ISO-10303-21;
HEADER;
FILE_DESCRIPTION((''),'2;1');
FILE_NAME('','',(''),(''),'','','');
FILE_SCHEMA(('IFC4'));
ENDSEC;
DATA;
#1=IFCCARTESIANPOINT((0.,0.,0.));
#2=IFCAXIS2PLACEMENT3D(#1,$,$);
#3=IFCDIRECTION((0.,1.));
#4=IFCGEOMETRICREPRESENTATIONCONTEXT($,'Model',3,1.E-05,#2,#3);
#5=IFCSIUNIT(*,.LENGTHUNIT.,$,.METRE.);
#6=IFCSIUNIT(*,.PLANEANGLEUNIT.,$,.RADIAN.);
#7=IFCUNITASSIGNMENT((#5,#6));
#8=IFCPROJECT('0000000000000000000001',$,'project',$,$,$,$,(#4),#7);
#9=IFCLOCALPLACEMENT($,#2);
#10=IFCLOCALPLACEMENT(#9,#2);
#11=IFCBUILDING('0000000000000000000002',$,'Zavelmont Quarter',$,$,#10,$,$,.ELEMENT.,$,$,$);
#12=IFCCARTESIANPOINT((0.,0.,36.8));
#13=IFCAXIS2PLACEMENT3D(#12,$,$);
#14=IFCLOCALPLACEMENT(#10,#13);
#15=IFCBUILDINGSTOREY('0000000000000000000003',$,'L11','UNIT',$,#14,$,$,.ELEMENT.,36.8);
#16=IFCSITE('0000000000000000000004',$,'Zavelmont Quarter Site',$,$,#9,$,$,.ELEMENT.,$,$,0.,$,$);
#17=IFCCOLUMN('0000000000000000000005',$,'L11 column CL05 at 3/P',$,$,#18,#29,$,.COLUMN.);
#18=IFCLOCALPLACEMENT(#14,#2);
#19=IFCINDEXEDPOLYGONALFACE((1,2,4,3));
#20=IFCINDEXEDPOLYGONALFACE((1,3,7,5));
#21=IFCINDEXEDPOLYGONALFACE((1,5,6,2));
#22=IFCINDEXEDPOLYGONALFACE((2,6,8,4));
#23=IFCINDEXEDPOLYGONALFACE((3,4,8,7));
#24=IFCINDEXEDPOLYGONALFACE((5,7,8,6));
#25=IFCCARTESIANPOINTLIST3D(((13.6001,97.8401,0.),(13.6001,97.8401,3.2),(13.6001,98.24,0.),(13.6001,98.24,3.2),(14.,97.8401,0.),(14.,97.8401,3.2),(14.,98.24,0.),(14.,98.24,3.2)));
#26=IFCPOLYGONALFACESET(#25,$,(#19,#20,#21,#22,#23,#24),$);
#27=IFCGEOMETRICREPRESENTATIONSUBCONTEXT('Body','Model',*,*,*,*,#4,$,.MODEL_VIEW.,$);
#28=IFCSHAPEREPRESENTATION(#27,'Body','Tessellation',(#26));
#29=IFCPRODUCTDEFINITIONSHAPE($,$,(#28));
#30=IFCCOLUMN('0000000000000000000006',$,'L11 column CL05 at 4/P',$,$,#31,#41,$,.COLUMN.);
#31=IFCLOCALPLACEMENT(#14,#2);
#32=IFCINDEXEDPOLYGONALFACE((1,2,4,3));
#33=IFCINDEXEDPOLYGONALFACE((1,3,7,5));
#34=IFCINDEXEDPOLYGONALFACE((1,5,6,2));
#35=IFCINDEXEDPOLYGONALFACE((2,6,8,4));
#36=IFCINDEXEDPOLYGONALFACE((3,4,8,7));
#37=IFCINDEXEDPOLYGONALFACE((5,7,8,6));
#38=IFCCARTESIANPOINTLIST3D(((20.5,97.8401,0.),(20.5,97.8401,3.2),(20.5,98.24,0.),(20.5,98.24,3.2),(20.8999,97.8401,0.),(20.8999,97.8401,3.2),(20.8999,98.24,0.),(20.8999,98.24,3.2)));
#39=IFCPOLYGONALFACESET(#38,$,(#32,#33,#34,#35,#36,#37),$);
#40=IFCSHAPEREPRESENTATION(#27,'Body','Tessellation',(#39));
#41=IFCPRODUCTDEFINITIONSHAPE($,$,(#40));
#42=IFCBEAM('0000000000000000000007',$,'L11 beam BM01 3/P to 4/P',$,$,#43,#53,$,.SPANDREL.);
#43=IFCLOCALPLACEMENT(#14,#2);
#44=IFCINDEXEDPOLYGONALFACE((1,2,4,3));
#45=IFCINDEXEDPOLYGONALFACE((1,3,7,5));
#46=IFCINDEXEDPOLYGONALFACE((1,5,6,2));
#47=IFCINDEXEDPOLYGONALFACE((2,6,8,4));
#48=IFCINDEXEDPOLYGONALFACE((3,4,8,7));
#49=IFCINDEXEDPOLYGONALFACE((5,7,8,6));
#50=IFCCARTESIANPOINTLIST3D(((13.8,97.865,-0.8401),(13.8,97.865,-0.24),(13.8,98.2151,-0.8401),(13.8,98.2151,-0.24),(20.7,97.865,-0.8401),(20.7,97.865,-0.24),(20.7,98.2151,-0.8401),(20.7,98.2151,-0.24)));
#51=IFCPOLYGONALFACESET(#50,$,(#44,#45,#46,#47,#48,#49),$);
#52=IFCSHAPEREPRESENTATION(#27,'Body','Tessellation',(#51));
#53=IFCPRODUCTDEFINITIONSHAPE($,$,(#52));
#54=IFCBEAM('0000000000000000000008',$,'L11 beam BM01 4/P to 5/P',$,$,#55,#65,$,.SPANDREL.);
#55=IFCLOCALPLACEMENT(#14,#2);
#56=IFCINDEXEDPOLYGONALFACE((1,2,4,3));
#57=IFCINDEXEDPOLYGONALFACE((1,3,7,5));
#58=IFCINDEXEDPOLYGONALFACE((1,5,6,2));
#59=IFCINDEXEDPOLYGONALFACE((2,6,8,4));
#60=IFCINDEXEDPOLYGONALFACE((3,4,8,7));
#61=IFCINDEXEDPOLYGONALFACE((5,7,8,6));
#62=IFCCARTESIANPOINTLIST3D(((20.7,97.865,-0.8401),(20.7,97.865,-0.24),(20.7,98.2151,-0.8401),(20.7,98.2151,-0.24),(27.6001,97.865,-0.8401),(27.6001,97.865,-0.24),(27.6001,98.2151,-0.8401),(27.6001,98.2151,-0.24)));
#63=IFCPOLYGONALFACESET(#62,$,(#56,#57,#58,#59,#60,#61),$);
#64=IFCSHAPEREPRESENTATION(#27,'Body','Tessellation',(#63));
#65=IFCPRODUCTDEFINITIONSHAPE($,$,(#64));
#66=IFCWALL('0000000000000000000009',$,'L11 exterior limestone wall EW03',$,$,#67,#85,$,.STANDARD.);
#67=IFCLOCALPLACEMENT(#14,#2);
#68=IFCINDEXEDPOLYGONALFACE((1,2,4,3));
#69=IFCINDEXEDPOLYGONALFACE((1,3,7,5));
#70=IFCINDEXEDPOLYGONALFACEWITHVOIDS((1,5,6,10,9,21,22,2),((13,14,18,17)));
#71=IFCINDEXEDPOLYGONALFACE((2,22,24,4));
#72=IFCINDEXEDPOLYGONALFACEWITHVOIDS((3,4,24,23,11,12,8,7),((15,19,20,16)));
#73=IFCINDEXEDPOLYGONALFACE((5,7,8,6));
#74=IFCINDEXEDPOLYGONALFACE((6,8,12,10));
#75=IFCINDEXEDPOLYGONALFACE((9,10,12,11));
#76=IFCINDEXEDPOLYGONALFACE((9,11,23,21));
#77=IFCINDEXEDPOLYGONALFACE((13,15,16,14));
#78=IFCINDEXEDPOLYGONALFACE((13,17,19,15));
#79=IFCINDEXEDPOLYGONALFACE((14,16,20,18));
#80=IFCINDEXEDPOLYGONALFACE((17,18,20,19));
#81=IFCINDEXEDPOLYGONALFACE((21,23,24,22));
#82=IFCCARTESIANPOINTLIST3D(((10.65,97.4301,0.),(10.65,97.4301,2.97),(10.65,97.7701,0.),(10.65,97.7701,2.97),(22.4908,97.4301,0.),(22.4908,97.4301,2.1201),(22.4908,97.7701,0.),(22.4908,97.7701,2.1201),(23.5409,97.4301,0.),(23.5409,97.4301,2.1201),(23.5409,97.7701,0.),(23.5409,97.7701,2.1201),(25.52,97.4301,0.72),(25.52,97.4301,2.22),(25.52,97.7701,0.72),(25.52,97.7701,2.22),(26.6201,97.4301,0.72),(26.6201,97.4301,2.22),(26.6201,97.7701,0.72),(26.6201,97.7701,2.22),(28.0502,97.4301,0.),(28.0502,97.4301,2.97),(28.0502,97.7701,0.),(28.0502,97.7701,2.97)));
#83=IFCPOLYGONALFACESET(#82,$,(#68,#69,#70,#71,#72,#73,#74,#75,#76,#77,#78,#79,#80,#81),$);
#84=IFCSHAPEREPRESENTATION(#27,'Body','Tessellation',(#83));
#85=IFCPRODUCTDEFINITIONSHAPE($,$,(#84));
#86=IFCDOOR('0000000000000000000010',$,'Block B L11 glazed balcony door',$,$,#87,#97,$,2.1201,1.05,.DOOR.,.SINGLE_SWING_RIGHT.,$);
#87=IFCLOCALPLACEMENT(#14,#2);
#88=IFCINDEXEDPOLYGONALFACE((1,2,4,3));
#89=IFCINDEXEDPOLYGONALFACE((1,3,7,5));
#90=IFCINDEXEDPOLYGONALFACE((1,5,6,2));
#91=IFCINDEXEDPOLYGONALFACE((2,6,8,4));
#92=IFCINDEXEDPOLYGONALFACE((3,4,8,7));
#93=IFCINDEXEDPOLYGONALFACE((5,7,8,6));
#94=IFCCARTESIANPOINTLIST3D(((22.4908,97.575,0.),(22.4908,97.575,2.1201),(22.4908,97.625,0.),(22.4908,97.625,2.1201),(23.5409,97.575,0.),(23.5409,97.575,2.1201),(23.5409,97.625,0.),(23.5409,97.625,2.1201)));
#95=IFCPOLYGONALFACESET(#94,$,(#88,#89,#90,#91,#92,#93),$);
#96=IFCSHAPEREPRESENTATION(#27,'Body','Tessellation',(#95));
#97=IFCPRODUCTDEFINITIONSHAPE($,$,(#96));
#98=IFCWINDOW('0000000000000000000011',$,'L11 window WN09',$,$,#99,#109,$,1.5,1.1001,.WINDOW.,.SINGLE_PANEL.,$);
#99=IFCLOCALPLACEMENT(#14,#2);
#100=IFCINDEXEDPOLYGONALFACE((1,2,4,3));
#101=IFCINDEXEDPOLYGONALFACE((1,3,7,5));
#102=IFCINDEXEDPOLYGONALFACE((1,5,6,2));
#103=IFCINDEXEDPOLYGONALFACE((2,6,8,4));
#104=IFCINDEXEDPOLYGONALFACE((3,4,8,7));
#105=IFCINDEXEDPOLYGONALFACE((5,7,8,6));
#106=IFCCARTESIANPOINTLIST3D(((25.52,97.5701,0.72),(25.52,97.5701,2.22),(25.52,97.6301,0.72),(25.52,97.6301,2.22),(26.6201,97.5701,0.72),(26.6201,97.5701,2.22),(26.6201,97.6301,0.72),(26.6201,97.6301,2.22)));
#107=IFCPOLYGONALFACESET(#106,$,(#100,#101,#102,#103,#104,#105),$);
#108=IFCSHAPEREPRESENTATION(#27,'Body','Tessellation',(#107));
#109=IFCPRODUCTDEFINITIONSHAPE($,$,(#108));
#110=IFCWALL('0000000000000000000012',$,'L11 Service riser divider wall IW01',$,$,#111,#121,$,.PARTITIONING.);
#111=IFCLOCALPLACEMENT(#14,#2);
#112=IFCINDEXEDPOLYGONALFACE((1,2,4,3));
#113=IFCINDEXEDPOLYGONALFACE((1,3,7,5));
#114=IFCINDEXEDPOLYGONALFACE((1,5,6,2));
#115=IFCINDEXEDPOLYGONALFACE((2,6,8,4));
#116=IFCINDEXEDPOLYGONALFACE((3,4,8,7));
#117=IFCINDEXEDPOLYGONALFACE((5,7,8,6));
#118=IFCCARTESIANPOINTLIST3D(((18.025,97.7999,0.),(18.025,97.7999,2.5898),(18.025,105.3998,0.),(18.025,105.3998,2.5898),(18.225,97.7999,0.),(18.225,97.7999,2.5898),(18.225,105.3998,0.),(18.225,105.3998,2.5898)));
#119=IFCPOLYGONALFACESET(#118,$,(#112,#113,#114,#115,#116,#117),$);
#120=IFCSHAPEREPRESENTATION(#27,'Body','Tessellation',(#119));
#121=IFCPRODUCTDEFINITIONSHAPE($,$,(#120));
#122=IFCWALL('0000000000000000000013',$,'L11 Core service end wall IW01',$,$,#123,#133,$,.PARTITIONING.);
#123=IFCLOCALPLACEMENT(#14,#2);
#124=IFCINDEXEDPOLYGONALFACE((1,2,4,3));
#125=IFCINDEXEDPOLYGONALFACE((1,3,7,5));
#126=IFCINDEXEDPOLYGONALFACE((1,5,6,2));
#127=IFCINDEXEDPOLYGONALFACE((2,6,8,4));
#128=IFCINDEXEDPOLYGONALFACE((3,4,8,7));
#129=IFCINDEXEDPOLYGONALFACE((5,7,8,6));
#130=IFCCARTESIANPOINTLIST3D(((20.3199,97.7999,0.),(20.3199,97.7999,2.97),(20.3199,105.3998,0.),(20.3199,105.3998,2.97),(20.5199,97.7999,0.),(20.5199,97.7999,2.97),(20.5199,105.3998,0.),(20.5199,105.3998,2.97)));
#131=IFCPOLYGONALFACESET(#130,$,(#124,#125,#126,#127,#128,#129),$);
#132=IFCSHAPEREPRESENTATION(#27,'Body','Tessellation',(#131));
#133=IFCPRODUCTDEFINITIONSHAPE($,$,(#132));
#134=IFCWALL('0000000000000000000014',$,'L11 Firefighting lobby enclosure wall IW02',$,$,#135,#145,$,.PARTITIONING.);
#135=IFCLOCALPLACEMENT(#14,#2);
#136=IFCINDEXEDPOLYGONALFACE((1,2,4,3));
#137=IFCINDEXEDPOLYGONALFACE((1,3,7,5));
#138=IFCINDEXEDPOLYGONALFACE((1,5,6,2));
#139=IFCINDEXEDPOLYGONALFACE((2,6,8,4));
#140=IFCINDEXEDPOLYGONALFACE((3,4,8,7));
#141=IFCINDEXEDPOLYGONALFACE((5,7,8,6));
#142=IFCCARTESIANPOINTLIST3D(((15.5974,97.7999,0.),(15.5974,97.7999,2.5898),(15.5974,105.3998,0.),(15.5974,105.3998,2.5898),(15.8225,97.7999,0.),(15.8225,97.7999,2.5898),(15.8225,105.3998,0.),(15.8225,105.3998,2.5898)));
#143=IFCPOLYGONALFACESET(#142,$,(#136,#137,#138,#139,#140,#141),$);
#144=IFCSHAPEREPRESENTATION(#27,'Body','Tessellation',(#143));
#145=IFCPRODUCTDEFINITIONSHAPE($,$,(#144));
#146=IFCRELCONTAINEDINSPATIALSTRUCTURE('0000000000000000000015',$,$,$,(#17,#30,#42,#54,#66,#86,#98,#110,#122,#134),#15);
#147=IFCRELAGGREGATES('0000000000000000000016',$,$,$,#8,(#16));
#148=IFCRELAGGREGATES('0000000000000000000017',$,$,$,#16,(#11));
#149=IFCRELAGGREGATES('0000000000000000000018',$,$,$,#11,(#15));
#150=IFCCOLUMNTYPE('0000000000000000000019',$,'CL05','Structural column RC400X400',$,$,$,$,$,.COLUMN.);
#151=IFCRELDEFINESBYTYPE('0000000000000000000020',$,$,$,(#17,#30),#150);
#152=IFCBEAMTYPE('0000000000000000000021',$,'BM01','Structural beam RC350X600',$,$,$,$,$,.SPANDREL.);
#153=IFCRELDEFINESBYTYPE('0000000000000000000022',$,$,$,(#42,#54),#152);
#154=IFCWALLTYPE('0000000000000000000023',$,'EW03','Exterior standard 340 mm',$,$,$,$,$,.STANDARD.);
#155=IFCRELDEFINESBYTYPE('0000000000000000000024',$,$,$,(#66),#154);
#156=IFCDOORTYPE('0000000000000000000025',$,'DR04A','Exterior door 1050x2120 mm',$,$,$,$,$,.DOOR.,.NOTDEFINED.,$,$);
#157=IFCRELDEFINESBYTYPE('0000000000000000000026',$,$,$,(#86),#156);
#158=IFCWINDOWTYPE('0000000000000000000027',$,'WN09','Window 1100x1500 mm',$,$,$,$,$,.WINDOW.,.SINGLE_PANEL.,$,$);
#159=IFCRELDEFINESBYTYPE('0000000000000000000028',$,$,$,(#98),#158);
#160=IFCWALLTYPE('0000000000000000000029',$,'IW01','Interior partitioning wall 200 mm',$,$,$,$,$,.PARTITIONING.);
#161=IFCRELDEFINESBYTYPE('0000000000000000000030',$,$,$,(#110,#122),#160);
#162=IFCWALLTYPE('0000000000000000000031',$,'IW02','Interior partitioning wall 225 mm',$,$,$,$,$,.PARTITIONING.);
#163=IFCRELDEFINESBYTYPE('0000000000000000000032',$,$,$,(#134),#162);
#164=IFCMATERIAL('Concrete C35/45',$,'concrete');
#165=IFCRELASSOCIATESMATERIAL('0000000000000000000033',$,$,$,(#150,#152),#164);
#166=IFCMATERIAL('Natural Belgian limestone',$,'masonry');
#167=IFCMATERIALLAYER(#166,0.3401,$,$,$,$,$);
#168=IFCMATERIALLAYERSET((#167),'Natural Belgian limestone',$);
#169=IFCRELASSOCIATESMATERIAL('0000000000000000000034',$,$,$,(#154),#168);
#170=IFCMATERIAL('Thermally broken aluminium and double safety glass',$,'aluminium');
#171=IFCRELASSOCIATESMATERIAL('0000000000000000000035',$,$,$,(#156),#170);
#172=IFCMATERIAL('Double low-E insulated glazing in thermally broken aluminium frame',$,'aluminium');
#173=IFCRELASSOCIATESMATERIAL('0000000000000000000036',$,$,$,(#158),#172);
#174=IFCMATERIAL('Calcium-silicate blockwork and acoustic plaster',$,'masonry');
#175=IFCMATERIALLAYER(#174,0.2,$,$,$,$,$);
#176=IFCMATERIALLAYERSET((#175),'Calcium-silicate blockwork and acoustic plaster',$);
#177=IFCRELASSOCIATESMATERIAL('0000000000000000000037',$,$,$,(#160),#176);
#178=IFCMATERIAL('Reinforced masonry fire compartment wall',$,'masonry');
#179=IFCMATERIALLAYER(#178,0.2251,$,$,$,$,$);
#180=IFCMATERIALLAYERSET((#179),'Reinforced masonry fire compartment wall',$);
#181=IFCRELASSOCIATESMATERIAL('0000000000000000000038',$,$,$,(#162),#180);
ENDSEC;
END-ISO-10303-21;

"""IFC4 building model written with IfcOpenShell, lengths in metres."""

from ifc_helpers import new_model, si_unit, direction, frame, frame_2d, origin, origin_with_axes, origin_2d, place, context, subcontext, project, spatial, rectangle, extrude, material, layer, layer_set, material_profile, profile_set, type_object, element, fill, save


model = new_model("IFC4")

# Units and contexts
model_context = context("Model", 3, precision=1e-05, world=origin(), true_north=direction((0.0, 1.0)))
body_context = subcontext(model_context, "Body", "Model", "MODEL_VIEW")
ifc_project = project(units=[si_unit("LENGTHUNIT", "METRE"), si_unit("PLANEANGLEUNIT", "RADIAN")], contexts=[model_context])

# Site, building, storey
site_placement = place(None, origin())
site = spatial("IfcSite", under=ifc_project, at=site_placement, Name="Zavelmont Quarter Site", CompositionType="ELEMENT", RefElevation=0.0)
building_placement = place(site_placement, origin())
building = spatial("IfcBuilding", under=site, at=building_placement, Name="Zavelmont Quarter", CompositionType="ELEMENT")
storey_placement = place(building_placement, frame((0.0, 0.0, 36.8)))
storey = spatial("IfcBuildingStorey", under=building, at=storey_placement, Name="L11", Description="UNIT", CompositionType="ELEMENT", Elevation=36.8)

# Columns
ifc_material_1 = material(Name="Concrete C35/45", Category="concrete")
ifc_material_profile_1 = material_profile(ifc_material_1, rectangle(XDim=0.3999, YDim=0.3999, at=origin_2d()), Name="RC400X400")
ifc_profile_set_1 = profile_set([ifc_material_profile_1], Name="Concrete C35/45")
column_type = type_object("IfcColumnType", Name="CL05", Description="Structural column RC400X400", PredefinedType="COLUMN", material=ifc_profile_set_1)
for number, where, z_axis, x_axis, name in (
    (1, (13.8, 98.04, 0.0), (0.0, 0.0, 1.0), (1.0, 0.0, 0.0), "L11 column CL05 at 3/P"),
    (2, (20.7, 98.04, 0.0), (0.0, 0.0, 1.0), (1.0, 0.0, 0.0), "L11 column CL05 at 4/P"),
):
    element("IfcColumn", number, at=place(storey_placement, frame(where, z_axis=z_axis, x_axis=x_axis)), inside=storey, type_object=column_type, Name=name, PredefinedType="COLUMN", context=body_context, shape_type="SweptSolid", body=[
        extrude(rectangle(XDim=0.3999, YDim=0.3999, at=origin_2d()), origin(), (0.0, 0.0, 1.0), 3.2),
    ])

# Beams
ifc_material_profile_2 = material_profile(ifc_material_1, rectangle(XDim=0.3501, YDim=0.6001, at=origin_2d()), Name="RC350X600")
ifc_profile_set_2 = profile_set([ifc_material_profile_2], Name="Concrete C35/45")
beam_type = type_object("IfcBeamType", Name="BM01", Description="Structural beam RC350X600", PredefinedType="SPANDREL", material=ifc_profile_set_2)
beam_1_placement = place(storey_placement, frame((13.8, 98.04, -0.54), z_axis=(1.0, 0.0, 0.0), x_axis=(0.0, 1.0, 0.0)))
element("IfcBeam", 3, at=beam_1_placement, inside=storey, type_object=beam_type, Name="L11 beam BM01 3/P to 4/P", PredefinedType="SPANDREL", context=body_context, shape_type="SweptSolid", body=[
    extrude(rectangle(XDim=0.3501, YDim=0.6001, at=origin_2d()), origin(), (0.0, 0.0, 1.0), 6.8999),
])
beam_2_placement = place(storey_placement, frame((20.7, 98.04, -0.54), z_axis=(1.0, 0.0, 0.0), x_axis=(0.0, 1.0, 0.0)))
element("IfcBeam", 4, at=beam_2_placement, inside=storey, type_object=beam_type, Name="L11 beam BM01 4/P to 5/P", PredefinedType="SPANDREL", context=body_context, shape_type="SweptSolid", body=[
    extrude(rectangle(XDim=0.3501, YDim=0.6001, at=origin_2d()), origin(), (0.0, 0.0, 1.0), 6.9001),
])

# Wall, openings, door, window
ifc_material_2 = material(Name="Natural Belgian limestone", Category="masonry")
ifc_layer_1 = layer(ifc_material_2, 0.3401)
ifc_layer_set_1 = layer_set([ifc_layer_1], Name="Natural Belgian limestone")
wall_type_1 = type_object("IfcWallType", Name="EW03", Description="Exterior standard 340 mm", PredefinedType="STANDARD", material=ifc_layer_set_1)
wall_1_placement = place(storey_placement, frame((10.6499, 97.6001, 0.0), z_axis=(0.0, 0.0, 1.0), x_axis=(1.0, 0.0, 0.0)))
wall_1 = element("IfcWall", 5, at=wall_1_placement, inside=storey, type_object=wall_type_1, Name="L11 exterior limestone wall EW03", PredefinedType="STANDARD", context=body_context, shape_type="SweptSolid", body=[
    extrude(rectangle(XDim=17.4001, YDim=0.3401, at=frame_2d((8.7002, 0.0))), origin(), (0.0, 0.0, 1.0), 2.97),
])
opening_1_placement = place(wall_1_placement, frame((11.8411, 0.0, 0.0)))
opening_1 = element("IfcOpeningElement", 6, at=opening_1_placement, cuts=wall_1, PredefinedType="OPENING", context=body_context, shape_type="SweptSolid", body=[
    extrude(rectangle(XDim=1.05, YDim=2.1201, at=frame_2d((0.5249, 1.0601))), frame((0.0, 0.1821, 0.0), z_axis=(0.0, -1.0, 0.0), x_axis=(1.0, 0.0, 0.0)), (0.0, 0.0, 1.0), 0.364),
])
opening_2_placement = place(wall_1_placement, frame((14.8701, 0.0, 0.72)))
opening_2 = element("IfcOpeningElement", 7, at=opening_2_placement, cuts=wall_1, PredefinedType="OPENING", context=body_context, shape_type="SweptSolid", body=[
    extrude(rectangle(XDim=1.1001, YDim=1.5, at=frame_2d((0.55, 0.75))), frame((0.0, 0.1821, 0.0), z_axis=(0.0, -1.0, 0.0), x_axis=(1.0, 0.0, 0.0)), (0.0, 0.0, 1.0), 0.364),
])
ifc_material_3 = material(Name="Thermally broken aluminium and double safety glass", Category="aluminium")
door_type_1 = type_object("IfcDoorType", Name="DR04A", Description="Exterior door 1050x2120 mm", OperationType="NOTDEFINED", PredefinedType="DOOR", material=ifc_material_3)
door_1_placement = place(opening_1_placement, origin_with_axes())
door_1 = element("IfcDoor", 8, at=door_1_placement, inside=storey, type_object=door_type_1, Name="Block B L11 glazed balcony door", OperationType="SINGLE_SWING_RIGHT", OverallHeight=2.1201, OverallWidth=1.05, PredefinedType="DOOR", context=body_context, shape_type="SweptSolid", body=[
    extrude(rectangle(XDim=1.05, YDim=2.1201, at=frame_2d((0.5249, 1.0601))), frame((0.0, 0.0249, 0.0), z_axis=(0.0, -1.0, 0.0), x_axis=(1.0, 0.0, 0.0)), (0.0, 0.0, 1.0), 0.05),
])
fill(opening_1, door_1)
ifc_material_4 = material(Name="Double low-E insulated glazing in thermally broken aluminium frame", Category="aluminium")
window_type = type_object("IfcWindowType", Name="WN09", Description="Window 1100x1500 mm", PartitioningType="SINGLE_PANEL", PredefinedType="WINDOW", material=ifc_material_4)
window_placement = place(opening_2_placement, origin_with_axes())
window = element("IfcWindow", 9, at=window_placement, inside=storey, type_object=window_type, Name="L11 window WN09", OverallHeight=1.5, OverallWidth=1.1001, PartitioningType="SINGLE_PANEL", PredefinedType="WINDOW", context=body_context, shape_type="SweptSolid", body=[
    extrude(rectangle(XDim=1.1001, YDim=1.5, at=frame_2d((0.55, 0.75))), frame((0.0, 0.03, 0.0), z_axis=(0.0, -1.0, 0.0), x_axis=(1.0, 0.0, 0.0)), (0.0, 0.0, 1.0), 0.0601),
])
fill(opening_2, window)

# Walls
ifc_material_5 = material(Name="Calcium-silicate blockwork and acoustic plaster", Category="masonry")
ifc_layer_2 = layer(ifc_material_5, 0.2)
ifc_layer_set_2 = layer_set([ifc_layer_2], Name="Calcium-silicate blockwork and acoustic plaster")
wall_type_2 = type_object("IfcWallType", Name="IW01", Description="Interior partitioning wall 200 mm", PredefinedType="PARTITIONING", material=ifc_layer_set_2)
wall_2_placement = place(storey_placement, frame((18.125, 97.8, 0.0), z_axis=(0.0, 0.0, 1.0), x_axis=(0.0, 1.0, 0.0)))
element("IfcWall", 10, at=wall_2_placement, inside=storey, type_object=wall_type_2, Name="L11 Service riser divider wall IW01", PredefinedType="PARTITIONING", context=body_context, shape_type="SweptSolid", body=[
    extrude(rectangle(XDim=7.5999, YDim=0.2, at=frame_2d((3.7998, 0.0))), origin(), (0.0, 0.0, 1.0), 2.5898),
])
wall_3_placement = place(storey_placement, frame((20.4199, 97.8, 0.0), z_axis=(0.0, 0.0, 1.0), x_axis=(0.0, 1.0, 0.0)))
element("IfcWall", 11, at=wall_3_placement, inside=storey, type_object=wall_type_2, Name="L11 Core service end wall IW01", PredefinedType="PARTITIONING", context=body_context, shape_type="SweptSolid", body=[
    extrude(rectangle(XDim=7.5999, YDim=0.2, at=frame_2d((3.7998, 0.0))), origin(), (0.0, 0.0, 1.0), 2.97),
])
ifc_material_6 = material(Name="Reinforced masonry fire compartment wall", Category="masonry")
ifc_layer_3 = layer(ifc_material_6, 0.2251)
ifc_layer_set_3 = layer_set([ifc_layer_3], Name="Reinforced masonry fire compartment wall")
wall_type_3 = type_object("IfcWallType", Name="IW02", Description="Interior partitioning wall 225 mm", PredefinedType="PARTITIONING", material=ifc_layer_set_3)
wall_4_placement = place(storey_placement, frame((15.71, 97.8, 0.0), z_axis=(0.0, 0.0, 1.0), x_axis=(0.0, 1.0, 0.0)))
element("IfcWall", 12, at=wall_4_placement, inside=storey, type_object=wall_type_3, Name="L11 Firefighting lobby enclosure wall IW02", PredefinedType="PARTITIONING", context=body_context, shape_type="SweptSolid", body=[
    extrude(rectangle(XDim=7.5999, YDim=0.2251, at=frame_2d((3.7998, 0.0))), origin(), (0.0, 0.0, 1.0), 2.5898),
])

save(model, "model.ifc")
